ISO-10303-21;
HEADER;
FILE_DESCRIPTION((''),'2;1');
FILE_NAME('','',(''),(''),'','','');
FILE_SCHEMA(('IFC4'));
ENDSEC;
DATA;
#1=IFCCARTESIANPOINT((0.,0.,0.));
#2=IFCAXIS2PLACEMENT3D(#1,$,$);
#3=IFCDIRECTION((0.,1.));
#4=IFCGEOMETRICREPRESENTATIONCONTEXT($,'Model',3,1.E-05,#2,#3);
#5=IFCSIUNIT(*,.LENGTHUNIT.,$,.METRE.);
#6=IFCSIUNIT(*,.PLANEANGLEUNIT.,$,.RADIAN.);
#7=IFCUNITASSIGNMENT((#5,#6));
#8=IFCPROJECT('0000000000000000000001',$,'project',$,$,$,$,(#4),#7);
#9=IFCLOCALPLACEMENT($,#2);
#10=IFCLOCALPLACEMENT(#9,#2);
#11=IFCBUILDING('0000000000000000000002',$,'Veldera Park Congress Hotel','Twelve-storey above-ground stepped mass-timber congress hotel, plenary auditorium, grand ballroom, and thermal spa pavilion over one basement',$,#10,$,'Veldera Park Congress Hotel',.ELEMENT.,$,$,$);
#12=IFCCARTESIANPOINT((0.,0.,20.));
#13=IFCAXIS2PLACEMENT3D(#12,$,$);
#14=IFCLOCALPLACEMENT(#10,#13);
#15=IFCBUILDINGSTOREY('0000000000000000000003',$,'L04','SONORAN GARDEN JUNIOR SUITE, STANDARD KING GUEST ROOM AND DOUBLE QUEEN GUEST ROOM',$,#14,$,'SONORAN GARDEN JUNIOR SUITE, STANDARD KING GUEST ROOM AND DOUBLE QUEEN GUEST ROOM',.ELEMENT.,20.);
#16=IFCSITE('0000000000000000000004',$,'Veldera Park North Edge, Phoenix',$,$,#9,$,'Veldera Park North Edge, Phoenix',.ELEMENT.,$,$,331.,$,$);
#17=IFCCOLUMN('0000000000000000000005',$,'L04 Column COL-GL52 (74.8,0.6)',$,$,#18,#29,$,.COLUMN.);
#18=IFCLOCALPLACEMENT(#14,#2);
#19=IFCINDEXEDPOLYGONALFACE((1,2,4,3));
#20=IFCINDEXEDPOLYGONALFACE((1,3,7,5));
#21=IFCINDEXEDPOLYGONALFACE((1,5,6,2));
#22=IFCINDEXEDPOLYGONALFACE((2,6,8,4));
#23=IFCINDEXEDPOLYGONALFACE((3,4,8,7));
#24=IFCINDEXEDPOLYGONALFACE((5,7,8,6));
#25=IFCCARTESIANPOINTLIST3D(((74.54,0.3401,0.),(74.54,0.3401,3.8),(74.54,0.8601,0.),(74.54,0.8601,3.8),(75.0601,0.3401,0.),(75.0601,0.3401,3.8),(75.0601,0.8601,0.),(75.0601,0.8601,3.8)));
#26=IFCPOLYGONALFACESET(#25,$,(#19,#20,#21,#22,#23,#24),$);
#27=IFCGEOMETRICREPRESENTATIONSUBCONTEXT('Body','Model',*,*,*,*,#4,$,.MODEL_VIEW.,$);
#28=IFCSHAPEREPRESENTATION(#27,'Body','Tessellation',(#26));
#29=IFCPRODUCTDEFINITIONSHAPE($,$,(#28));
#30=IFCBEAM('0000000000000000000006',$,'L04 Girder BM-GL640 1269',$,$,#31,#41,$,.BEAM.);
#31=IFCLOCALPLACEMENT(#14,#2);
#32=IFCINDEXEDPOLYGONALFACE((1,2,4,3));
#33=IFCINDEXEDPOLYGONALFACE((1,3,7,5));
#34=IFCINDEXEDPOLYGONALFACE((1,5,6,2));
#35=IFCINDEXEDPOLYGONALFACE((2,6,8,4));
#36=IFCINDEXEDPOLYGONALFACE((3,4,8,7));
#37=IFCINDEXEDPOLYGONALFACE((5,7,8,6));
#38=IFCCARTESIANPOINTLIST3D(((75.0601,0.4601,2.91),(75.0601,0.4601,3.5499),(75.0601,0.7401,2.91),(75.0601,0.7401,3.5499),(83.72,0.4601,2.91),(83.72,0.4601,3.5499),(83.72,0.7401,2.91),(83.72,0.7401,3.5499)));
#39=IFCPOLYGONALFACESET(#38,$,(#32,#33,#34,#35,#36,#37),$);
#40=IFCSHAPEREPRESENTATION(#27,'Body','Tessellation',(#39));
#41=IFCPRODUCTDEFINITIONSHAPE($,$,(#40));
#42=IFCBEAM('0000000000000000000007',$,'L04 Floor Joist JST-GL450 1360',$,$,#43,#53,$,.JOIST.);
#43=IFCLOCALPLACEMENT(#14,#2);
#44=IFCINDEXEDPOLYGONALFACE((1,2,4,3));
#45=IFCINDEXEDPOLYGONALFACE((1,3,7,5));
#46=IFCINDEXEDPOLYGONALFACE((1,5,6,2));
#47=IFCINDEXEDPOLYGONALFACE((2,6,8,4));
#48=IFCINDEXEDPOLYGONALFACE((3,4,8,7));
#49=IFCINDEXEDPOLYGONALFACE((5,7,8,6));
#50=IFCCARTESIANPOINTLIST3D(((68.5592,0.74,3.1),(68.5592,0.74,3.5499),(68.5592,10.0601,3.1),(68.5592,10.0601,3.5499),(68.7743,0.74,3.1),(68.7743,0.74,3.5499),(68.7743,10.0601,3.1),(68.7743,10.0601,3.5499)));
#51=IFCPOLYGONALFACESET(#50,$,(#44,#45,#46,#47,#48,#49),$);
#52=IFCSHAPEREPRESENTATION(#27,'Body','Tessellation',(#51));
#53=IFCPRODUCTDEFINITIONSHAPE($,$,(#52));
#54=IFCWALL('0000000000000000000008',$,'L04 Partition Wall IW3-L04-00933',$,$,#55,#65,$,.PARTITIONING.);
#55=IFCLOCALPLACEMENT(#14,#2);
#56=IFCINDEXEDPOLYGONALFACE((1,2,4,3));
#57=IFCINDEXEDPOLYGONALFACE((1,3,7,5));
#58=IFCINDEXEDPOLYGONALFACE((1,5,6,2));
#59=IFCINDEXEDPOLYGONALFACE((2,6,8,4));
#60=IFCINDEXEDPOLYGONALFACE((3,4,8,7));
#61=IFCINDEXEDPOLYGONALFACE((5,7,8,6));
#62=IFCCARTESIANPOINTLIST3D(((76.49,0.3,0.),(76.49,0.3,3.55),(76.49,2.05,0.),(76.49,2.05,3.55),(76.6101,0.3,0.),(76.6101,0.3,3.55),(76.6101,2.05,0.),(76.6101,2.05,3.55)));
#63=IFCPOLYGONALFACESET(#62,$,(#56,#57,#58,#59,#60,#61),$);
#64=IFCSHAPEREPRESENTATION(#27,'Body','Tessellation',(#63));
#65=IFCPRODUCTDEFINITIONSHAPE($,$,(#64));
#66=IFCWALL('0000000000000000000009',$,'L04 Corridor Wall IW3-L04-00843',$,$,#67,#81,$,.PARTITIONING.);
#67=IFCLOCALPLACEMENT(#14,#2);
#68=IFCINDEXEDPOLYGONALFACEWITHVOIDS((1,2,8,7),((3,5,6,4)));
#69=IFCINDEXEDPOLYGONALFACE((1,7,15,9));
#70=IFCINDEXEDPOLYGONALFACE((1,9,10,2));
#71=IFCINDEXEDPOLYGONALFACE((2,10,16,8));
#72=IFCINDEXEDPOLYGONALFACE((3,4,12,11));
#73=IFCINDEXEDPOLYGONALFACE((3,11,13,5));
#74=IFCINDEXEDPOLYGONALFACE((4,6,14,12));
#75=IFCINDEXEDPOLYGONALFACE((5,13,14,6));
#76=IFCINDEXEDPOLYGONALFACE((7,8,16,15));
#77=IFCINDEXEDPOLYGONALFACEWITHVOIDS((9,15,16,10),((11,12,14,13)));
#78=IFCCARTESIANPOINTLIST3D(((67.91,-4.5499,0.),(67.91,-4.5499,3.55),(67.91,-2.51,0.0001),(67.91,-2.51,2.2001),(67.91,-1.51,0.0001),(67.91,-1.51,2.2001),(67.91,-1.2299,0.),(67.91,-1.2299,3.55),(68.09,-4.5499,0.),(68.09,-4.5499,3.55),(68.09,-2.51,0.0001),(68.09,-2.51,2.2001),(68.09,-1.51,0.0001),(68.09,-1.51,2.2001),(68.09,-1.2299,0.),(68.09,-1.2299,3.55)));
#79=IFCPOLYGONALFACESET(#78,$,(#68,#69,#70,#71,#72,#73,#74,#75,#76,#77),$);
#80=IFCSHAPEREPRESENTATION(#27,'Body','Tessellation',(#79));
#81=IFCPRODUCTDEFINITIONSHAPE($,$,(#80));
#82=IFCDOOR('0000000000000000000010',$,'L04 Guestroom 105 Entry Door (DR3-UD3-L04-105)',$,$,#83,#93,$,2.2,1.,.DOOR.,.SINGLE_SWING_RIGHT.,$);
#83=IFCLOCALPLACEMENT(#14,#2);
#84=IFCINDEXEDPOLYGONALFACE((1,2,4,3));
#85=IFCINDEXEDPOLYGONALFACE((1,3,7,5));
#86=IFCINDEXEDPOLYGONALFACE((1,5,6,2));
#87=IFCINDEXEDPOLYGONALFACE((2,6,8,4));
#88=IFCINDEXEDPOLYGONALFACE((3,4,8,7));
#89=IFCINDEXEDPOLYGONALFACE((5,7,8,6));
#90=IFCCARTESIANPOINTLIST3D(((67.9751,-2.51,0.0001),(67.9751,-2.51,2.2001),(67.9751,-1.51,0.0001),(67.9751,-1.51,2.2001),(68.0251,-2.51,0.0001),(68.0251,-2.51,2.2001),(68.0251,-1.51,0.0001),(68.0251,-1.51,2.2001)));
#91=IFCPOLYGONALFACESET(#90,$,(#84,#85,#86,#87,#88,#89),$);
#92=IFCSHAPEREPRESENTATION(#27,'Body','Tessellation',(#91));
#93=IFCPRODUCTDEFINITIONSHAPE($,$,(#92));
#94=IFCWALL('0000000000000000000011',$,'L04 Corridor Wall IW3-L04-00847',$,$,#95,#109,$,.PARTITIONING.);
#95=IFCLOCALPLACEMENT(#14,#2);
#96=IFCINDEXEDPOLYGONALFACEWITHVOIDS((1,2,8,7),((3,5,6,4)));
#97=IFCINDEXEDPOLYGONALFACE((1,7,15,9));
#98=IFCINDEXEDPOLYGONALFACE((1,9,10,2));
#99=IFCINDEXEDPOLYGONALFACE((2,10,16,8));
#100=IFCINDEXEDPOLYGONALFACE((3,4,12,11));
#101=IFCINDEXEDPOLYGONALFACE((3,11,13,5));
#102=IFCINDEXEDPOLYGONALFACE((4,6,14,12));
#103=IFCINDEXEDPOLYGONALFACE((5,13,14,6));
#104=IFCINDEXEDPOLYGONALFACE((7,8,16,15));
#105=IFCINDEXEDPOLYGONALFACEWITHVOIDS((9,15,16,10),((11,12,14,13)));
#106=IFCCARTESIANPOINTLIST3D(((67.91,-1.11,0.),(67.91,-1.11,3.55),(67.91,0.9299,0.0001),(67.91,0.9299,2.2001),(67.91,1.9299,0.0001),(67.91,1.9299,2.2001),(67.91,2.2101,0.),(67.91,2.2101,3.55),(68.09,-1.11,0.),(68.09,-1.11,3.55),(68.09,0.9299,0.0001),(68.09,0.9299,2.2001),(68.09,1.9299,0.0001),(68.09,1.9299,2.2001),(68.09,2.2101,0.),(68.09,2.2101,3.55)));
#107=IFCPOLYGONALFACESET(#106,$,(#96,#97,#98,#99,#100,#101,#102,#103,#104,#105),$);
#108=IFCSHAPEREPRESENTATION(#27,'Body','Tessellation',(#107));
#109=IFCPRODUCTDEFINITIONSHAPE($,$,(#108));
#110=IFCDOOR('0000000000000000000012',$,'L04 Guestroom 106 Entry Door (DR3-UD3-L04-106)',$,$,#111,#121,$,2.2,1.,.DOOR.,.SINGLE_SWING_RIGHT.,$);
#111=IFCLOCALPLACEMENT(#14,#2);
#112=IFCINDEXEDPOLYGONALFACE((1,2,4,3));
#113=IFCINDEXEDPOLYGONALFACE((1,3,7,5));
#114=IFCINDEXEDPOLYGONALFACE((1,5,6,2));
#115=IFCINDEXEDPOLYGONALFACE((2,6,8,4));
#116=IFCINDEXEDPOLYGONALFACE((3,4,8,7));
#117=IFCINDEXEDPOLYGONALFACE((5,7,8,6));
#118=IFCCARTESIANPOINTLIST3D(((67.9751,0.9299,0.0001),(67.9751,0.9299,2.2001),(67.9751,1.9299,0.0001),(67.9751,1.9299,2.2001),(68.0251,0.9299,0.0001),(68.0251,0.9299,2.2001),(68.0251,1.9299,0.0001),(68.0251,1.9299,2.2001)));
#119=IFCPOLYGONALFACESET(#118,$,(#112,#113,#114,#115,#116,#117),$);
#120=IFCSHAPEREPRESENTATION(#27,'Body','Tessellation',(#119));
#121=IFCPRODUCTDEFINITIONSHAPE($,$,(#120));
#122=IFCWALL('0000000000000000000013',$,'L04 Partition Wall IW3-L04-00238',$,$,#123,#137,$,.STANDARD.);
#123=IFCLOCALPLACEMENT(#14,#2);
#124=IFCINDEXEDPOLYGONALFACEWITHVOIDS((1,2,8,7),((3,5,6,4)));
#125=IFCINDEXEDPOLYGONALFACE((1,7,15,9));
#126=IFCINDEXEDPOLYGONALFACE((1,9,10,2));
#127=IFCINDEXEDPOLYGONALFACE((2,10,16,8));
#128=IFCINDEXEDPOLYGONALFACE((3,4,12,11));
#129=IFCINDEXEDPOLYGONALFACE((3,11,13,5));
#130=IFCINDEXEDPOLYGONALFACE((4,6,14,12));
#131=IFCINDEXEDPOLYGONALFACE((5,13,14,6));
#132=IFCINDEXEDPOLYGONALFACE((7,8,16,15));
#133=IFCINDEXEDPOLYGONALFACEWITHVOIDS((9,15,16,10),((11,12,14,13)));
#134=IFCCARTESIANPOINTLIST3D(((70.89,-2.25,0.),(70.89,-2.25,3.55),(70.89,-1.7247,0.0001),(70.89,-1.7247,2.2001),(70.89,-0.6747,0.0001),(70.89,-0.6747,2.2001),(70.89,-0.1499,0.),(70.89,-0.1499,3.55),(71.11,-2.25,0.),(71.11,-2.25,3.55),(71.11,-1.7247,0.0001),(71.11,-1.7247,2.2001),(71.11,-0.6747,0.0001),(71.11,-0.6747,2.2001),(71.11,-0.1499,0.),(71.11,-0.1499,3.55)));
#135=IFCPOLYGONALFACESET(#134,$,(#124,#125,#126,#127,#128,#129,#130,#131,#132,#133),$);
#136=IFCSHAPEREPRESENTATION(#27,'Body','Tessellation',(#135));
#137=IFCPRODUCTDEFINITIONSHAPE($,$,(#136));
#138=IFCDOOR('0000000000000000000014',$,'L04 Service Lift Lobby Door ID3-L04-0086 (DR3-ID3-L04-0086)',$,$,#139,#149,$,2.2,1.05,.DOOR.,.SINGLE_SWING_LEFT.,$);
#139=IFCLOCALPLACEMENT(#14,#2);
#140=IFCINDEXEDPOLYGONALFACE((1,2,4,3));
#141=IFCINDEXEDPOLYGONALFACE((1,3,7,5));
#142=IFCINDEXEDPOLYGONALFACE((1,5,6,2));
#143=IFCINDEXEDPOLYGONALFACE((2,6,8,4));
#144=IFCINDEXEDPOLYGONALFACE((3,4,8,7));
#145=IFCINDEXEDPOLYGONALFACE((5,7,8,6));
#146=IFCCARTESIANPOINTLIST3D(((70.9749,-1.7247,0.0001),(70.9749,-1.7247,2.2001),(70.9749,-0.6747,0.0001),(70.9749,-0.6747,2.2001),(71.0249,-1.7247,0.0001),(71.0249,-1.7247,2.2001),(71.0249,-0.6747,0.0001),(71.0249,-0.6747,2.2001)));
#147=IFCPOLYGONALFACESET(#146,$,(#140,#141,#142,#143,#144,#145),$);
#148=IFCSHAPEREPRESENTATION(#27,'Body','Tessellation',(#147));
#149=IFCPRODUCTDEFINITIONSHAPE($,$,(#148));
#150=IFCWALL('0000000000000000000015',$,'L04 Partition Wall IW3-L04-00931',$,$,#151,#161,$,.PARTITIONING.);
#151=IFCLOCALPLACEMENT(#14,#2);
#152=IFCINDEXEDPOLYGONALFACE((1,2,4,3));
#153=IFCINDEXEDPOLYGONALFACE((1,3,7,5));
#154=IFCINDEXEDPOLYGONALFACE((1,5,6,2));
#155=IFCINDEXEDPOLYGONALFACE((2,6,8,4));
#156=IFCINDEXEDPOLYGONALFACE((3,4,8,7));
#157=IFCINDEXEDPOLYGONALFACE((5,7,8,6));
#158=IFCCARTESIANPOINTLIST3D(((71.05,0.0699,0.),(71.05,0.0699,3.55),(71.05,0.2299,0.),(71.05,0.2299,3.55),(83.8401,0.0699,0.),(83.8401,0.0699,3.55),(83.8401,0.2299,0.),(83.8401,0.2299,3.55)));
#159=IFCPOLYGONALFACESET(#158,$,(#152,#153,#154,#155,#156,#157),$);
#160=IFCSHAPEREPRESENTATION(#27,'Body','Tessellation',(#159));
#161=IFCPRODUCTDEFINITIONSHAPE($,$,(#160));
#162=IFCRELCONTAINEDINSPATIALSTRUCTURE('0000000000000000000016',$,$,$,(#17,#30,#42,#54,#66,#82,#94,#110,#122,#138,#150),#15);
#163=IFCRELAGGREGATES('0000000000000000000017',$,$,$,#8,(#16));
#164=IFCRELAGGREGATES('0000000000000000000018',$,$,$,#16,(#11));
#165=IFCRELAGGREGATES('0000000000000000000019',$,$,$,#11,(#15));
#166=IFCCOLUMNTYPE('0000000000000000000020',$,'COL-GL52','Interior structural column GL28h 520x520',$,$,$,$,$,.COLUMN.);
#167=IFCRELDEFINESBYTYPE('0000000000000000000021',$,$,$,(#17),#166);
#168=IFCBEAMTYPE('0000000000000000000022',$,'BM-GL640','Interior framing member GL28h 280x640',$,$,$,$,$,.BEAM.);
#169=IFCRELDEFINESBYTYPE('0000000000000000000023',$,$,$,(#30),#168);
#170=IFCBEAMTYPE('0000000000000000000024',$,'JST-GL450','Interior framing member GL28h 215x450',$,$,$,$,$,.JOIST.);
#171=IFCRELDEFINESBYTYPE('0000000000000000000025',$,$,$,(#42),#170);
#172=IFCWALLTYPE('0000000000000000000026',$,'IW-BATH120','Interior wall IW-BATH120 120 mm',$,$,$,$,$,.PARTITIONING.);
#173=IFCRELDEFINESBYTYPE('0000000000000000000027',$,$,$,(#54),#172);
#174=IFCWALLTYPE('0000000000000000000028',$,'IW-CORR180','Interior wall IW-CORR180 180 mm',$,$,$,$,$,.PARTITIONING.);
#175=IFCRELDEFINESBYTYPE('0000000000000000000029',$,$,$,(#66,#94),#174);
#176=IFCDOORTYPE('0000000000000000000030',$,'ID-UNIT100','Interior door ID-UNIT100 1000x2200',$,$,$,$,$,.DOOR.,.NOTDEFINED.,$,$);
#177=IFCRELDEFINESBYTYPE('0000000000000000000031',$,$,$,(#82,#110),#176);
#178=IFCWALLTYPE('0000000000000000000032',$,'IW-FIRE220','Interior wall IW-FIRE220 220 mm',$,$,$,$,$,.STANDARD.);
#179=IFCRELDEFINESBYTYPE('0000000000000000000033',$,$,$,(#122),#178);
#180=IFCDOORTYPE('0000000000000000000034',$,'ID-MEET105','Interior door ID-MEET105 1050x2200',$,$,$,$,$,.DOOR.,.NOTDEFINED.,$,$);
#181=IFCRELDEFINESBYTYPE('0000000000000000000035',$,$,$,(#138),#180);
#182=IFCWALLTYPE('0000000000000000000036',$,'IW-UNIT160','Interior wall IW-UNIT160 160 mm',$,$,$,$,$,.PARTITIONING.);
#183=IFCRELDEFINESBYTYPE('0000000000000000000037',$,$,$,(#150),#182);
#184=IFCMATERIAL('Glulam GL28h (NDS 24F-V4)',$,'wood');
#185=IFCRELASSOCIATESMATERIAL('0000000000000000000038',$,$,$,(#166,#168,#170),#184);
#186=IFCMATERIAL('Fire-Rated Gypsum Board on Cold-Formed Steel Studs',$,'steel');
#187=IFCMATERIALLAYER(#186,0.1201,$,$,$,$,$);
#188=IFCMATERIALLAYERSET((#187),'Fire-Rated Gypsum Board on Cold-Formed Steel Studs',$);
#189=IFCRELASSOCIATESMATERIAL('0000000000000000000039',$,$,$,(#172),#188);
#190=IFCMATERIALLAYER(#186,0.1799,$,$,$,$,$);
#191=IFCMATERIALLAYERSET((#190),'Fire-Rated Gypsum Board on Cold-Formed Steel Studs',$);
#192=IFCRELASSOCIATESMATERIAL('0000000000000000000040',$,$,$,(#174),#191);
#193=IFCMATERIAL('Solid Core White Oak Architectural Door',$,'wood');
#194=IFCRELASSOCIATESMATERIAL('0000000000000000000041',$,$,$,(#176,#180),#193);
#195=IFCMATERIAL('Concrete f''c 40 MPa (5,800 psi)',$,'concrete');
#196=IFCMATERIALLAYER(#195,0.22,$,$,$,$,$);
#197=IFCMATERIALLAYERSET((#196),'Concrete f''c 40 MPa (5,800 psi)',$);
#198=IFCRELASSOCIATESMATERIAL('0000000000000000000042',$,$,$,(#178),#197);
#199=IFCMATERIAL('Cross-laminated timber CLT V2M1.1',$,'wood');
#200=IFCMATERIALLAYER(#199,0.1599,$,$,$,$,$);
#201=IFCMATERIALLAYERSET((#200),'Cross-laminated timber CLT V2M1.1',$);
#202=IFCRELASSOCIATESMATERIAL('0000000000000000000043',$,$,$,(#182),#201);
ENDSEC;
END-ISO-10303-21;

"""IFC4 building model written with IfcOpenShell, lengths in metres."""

from ifc_helpers import new_model, si_unit, direction, frame, frame_2d, origin, origin_2d, place, context, subcontext, project, spatial, rectangle, extrude, material, layer, layer_set, material_profile, profile_set, type_object, element, fill, save


model = new_model("IFC4")

# Units and contexts
model_context = context("Model", 3, precision=1e-05, world=origin(), true_north=direction((0.0, 1.0)))
body_context = subcontext(model_context, "Body", "Model", "MODEL_VIEW")
ifc_project = project(units=[si_unit("LENGTHUNIT", "METRE"), si_unit("PLANEANGLEUNIT", "RADIAN")], contexts=[model_context])

# Site, building, storey
site_placement = place(None, origin())
site = spatial("IfcSite", under=ifc_project, at=site_placement, Name="Veldera Park North Edge, Phoenix", LongName="Veldera Park North Edge, Phoenix", CompositionType="ELEMENT", RefElevation=331.0)
building_placement = place(site_placement, origin())
building = spatial("IfcBuilding", under=site, at=building_placement, Name="Veldera Park Congress Hotel", Description="Twelve-storey above-ground stepped mass-timber congress hotel, plenary auditorium, grand ballroom, and thermal spa pavilion over one basement", LongName="Veldera Park Congress Hotel", CompositionType="ELEMENT")
storey_placement = place(building_placement, frame((0.0, 0.0, 20.0)))
storey = spatial("IfcBuildingStorey", under=building, at=storey_placement, Name="L04", Description="SONORAN GARDEN JUNIOR SUITE, STANDARD KING GUEST ROOM AND DOUBLE QUEEN GUEST ROOM", LongName="SONORAN GARDEN JUNIOR SUITE, STANDARD KING GUEST ROOM AND DOUBLE QUEEN GUEST ROOM", CompositionType="ELEMENT", Elevation=20.0)

# Column
ifc_material_1 = material(Name="Glulam GL28h (NDS 24F-V4)", Category="wood")
ifc_material_profile_1 = material_profile(ifc_material_1, rectangle(XDim=0.52, YDim=0.52, at=origin_2d()), Name="GL28h 520x520")
ifc_profile_set_1 = profile_set([ifc_material_profile_1], Name="Glulam GL28h (NDS 24F-V4)")
column_type = type_object("IfcColumnType", Name="COL-GL52", Description="Interior structural column GL28h 520x520", PredefinedType="COLUMN", material=ifc_profile_set_1)
column_placement = place(storey_placement, frame((74.8, 0.6001, 0.0), z_axis=(0.0, 0.0, 1.0), x_axis=(1.0, 0.0, 0.0)))
element("IfcColumn", 1, at=column_placement, inside=storey, type_object=column_type, Name="L04 Column COL-GL52 (74.8,0.6)", PredefinedType="COLUMN", context=body_context, shape_type="SweptSolid", body=[
    extrude(rectangle(XDim=0.52, YDim=0.52, at=origin_2d()), origin(), (0.0, 0.0, 1.0), 3.8),
])

# Beams
ifc_material_profile_2 = material_profile(ifc_material_1, rectangle(XDim=0.28, YDim=0.6399, at=origin_2d()), Name="GL28h 280x640")
ifc_profile_set_2 = profile_set([ifc_material_profile_2], Name="Glulam GL28h (NDS 24F-V4)")
beam_type_1 = type_object("IfcBeamType", Name="BM-GL640", Description="Interior framing member GL28h 280x640", PredefinedType="BEAM", material=ifc_profile_set_2)
beam_1_placement = place(storey_placement, frame((75.0601, 0.6001, 3.23), z_axis=(1.0, 0.0, 0.0), x_axis=(0.0, 1.0, 0.0)))
element("IfcBeam", 2, at=beam_1_placement, inside=storey, type_object=beam_type_1, Name="L04 Girder BM-GL640 1269", PredefinedType="BEAM", context=body_context, shape_type="SweptSolid", body=[
    extrude(rectangle(XDim=0.28, YDim=0.6399, at=origin_2d()), origin(), (0.0, 0.0, 1.0), 8.6599),
])
ifc_material_profile_3 = material_profile(ifc_material_1, rectangle(XDim=0.2151, YDim=0.45, at=origin_2d()), Name="GL28h 215x450")
ifc_profile_set_3 = profile_set([ifc_material_profile_3], Name="Glulam GL28h (NDS 24F-V4)")
beam_type_2 = type_object("IfcBeamType", Name="JST-GL450", Description="Interior framing member GL28h 215x450", PredefinedType="JOIST", material=ifc_profile_set_3)
beam_2_placement = place(storey_placement, frame((68.6667, 0.74, 3.325), z_axis=(0.0, 1.0, 0.0), x_axis=(-1.0, 0.0, 0.0)))
element("IfcBeam", 3, at=beam_2_placement, inside=storey, type_object=beam_type_2, Name="L04 Floor Joist JST-GL450 1360", PredefinedType="JOIST", context=body_context, shape_type="SweptSolid", body=[
    extrude(rectangle(XDim=0.2151, YDim=0.45, at=origin_2d()), origin(), (0.0, 0.0, 1.0), 9.3201),
])

# Wall
ifc_material_2 = material(Name="Fire-Rated Gypsum Board on Cold-Formed Steel Studs", Category="steel")
ifc_layer_1 = layer(ifc_material_2, 0.1201)
ifc_layer_set_1 = layer_set([ifc_layer_1], Name="Fire-Rated Gypsum Board on Cold-Formed Steel Studs")
wall_type_1 = type_object("IfcWallType", Name="IW-BATH120", Description="Interior wall IW-BATH120 120 mm", PredefinedType="PARTITIONING", material=ifc_layer_set_1)
wall_1_placement = place(storey_placement, frame((76.55, 0.3, 0.0), z_axis=(0.0, 0.0, 1.0), x_axis=(0.0, 1.0, 0.0)))
element("IfcWall", 4, at=wall_1_placement, inside=storey, type_object=wall_type_1, Name="L04 Partition Wall IW3-L04-00933", PredefinedType="PARTITIONING", context=body_context, shape_type="SweptSolid", body=[
    extrude(rectangle(XDim=1.75, YDim=0.1201, at=frame_2d((0.875, 0.0))), origin(), (0.0, 0.0, 1.0), 3.55),
])

# Walls, openings, doors
ifc_layer_2 = layer(ifc_material_2, 0.1799)
ifc_layer_set_2 = layer_set([ifc_layer_2], Name="Fire-Rated Gypsum Board on Cold-Formed Steel Studs")
wall_type_2 = type_object("IfcWallType", Name="IW-CORR180", Description="Interior wall IW-CORR180 180 mm", PredefinedType="PARTITIONING", material=ifc_layer_set_2)
wall_2_placement = place(storey_placement, frame((68.0, -4.55, 0.0), z_axis=(0.0, 0.0, 1.0), x_axis=(0.0, 1.0, 0.0)))
wall_2 = element("IfcWall", 5, at=wall_2_placement, inside=storey, type_object=wall_type_2, Name="L04 Corridor Wall IW3-L04-00843", PredefinedType="PARTITIONING", context=body_context, shape_type="SweptSolid", body=[
    extrude(rectangle(XDim=3.3201, YDim=0.1799, at=frame_2d((1.6602, 0.0))), origin(), (0.0, 0.0, 1.0), 3.55),
])
opening_1_placement = place(wall_2_placement, frame((2.04, 0.0, 0.0)))
opening_1 = element("IfcOpeningElement", 6, at=opening_1_placement, cuts=wall_2, PredefinedType="OPENING", context=body_context, shape_type="SweptSolid", body=[
    extrude(rectangle(XDim=1.0, YDim=2.2, at=frame_2d((0.5, 1.1001))), frame((0.0, 0.1021, 0.0), z_axis=(0.0, -1.0, 0.0), x_axis=(1.0, 0.0, 0.0)), (0.0, 0.0, 1.0), 0.2039),
])
ifc_material_3 = material(Name="Solid Core White Oak Architectural Door", Category="wood")
door_type_1 = type_object("IfcDoorType", Name="ID-UNIT100", Description="Interior door ID-UNIT100 1000x2200", OperationType="NOTDEFINED", PredefinedType="DOOR", material=ifc_material_3)
door_1_placement = place(opening_1_placement, origin())
door_1 = element("IfcDoor", 7, at=door_1_placement, inside=storey, type_object=door_type_1, Name="L04 Guestroom 105 Entry Door (DR3-UD3-L04-105)", OperationType="SINGLE_SWING_RIGHT", OverallHeight=2.2, OverallWidth=1.0, PredefinedType="DOOR", context=body_context, shape_type="SweptSolid", body=[
    extrude(rectangle(XDim=1.0, YDim=2.2, at=frame_2d((0.5, 1.1001))), frame((0.0, 0.0249, 0.0), z_axis=(0.0, -1.0, 0.0), x_axis=(1.0, 0.0, 0.0)), (0.0, 0.0, 1.0), 0.05),
])
fill(opening_1, door_1)
wall_3_placement = place(storey_placement, frame((68.0, -1.1101, 0.0), z_axis=(0.0, 0.0, 1.0), x_axis=(0.0, 1.0, 0.0)))
wall_3 = element("IfcWall", 8, at=wall_3_placement, inside=storey, type_object=wall_type_2, Name="L04 Corridor Wall IW3-L04-00847", PredefinedType="PARTITIONING", context=body_context, shape_type="SweptSolid", body=[
    extrude(rectangle(XDim=3.3201, YDim=0.1799, at=frame_2d((1.6602, 0.0))), origin(), (0.0, 0.0, 1.0), 3.55),
])
opening_2_placement = place(wall_3_placement, frame((2.04, 0.0, 0.0)))
opening_2 = element("IfcOpeningElement", 9, at=opening_2_placement, cuts=wall_3, PredefinedType="OPENING", context=body_context, shape_type="SweptSolid", body=[
    extrude(rectangle(XDim=1.0, YDim=2.2, at=frame_2d((0.5, 1.1001))), frame((0.0, 0.1021, 0.0), z_axis=(0.0, -1.0, 0.0), x_axis=(1.0, 0.0, 0.0)), (0.0, 0.0, 1.0), 0.2039),
])
door_2_placement = place(opening_2_placement, origin())
door_2 = element("IfcDoor", 10, at=door_2_placement, inside=storey, type_object=door_type_1, Name="L04 Guestroom 106 Entry Door (DR3-UD3-L04-106)", OperationType="SINGLE_SWING_RIGHT", OverallHeight=2.2, OverallWidth=1.0, PredefinedType="DOOR", context=body_context, shape_type="SweptSolid", body=[
    extrude(rectangle(XDim=1.0, YDim=2.2, at=frame_2d((0.5, 1.1001))), frame((0.0, 0.0249, 0.0), z_axis=(0.0, -1.0, 0.0), x_axis=(1.0, 0.0, 0.0)), (0.0, 0.0, 1.0), 0.05),
])
fill(opening_2, door_2)
ifc_material_4 = material(Name="Concrete f'c 40 MPa (5,800 psi)", Category="concrete")
ifc_layer_3 = layer(ifc_material_4, 0.22)
ifc_layer_set_3 = layer_set([ifc_layer_3], Name="Concrete f'c 40 MPa (5,800 psi)")
wall_type_3 = type_object("IfcWallType", Name="IW-FIRE220", Description="Interior wall IW-FIRE220 220 mm", PredefinedType="STANDARD", material=ifc_layer_set_3)
wall_4_placement = place(storey_placement, frame((71.0, -0.1499, 0.0), z_axis=(0.0, 0.0, 1.0), x_axis=(0.0, -1.0, 0.0)))
wall_4 = element("IfcWall", 11, at=wall_4_placement, inside=storey, type_object=wall_type_3, Name="L04 Partition Wall IW3-L04-00238", PredefinedType="STANDARD", context=body_context, shape_type="SweptSolid", body=[
    extrude(rectangle(XDim=2.1001, YDim=0.22, at=frame_2d((1.05, 0.0))), origin(), (0.0, 0.0, 1.0), 3.55),
])
opening_3_placement = place(wall_4_placement, frame((0.5249, 0.0, 0.0)))
opening_3 = element("IfcOpeningElement", 12, at=opening_3_placement, cuts=wall_4, PredefinedType="OPENING", context=body_context, shape_type="SweptSolid", body=[
    extrude(rectangle(XDim=1.05, YDim=2.2, at=frame_2d((0.5249, 1.1001))), frame((0.0, 0.1221, 0.0), z_axis=(0.0, -1.0, 0.0), x_axis=(1.0, 0.0, 0.0)), (0.0, 0.0, 1.0), 0.2439),
])
door_type_2 = type_object("IfcDoorType", Name="ID-MEET105", Description="Interior door ID-MEET105 1050x2200", OperationType="NOTDEFINED", PredefinedType="DOOR", material=ifc_material_3)
door_3_placement = place(opening_3_placement, origin())
door_3 = element("IfcDoor", 13, at=door_3_placement, inside=storey, type_object=door_type_2, Name="L04 Service Lift Lobby Door ID3-L04-0086 (DR3-ID3-L04-0086)", OperationType="SINGLE_SWING_LEFT", OverallHeight=2.2, OverallWidth=1.05, PredefinedType="DOOR", context=body_context, shape_type="SweptSolid", body=[
    extrude(rectangle(XDim=1.05, YDim=2.2, at=frame_2d((0.5249, 1.1001))), frame((0.0, 0.0249, 0.0), z_axis=(0.0, -1.0, 0.0), x_axis=(1.0, 0.0, 0.0)), (0.0, 0.0, 1.0), 0.05),
])
fill(opening_3, door_3)

# Wall
ifc_material_5 = material(Name="Cross-laminated timber CLT V2M1.1", Category="wood")
ifc_layer_4 = layer(ifc_material_5, 0.1599)
ifc_layer_set_4 = layer_set([ifc_layer_4], Name="Cross-laminated timber CLT V2M1.1")
wall_type_4 = type_object("IfcWallType", Name="IW-UNIT160", Description="Interior wall IW-UNIT160 160 mm", PredefinedType="PARTITIONING", material=ifc_layer_set_4)
wall_5_placement = place(storey_placement, frame((71.05, 0.1499, 0.0), z_axis=(0.0, 0.0, 1.0), x_axis=(1.0, 0.0, 0.0)))
element("IfcWall", 14, at=wall_5_placement, inside=storey, type_object=wall_type_4, Name="L04 Partition Wall IW3-L04-00931", PredefinedType="PARTITIONING", context=body_context, shape_type="SweptSolid", body=[
    extrude(rectangle(XDim=12.79, YDim=0.1599, at=frame_2d((6.395, 0.0))), origin(), (0.0, 0.0, 1.0), 3.55),
])

save(model, "model.ifc")
